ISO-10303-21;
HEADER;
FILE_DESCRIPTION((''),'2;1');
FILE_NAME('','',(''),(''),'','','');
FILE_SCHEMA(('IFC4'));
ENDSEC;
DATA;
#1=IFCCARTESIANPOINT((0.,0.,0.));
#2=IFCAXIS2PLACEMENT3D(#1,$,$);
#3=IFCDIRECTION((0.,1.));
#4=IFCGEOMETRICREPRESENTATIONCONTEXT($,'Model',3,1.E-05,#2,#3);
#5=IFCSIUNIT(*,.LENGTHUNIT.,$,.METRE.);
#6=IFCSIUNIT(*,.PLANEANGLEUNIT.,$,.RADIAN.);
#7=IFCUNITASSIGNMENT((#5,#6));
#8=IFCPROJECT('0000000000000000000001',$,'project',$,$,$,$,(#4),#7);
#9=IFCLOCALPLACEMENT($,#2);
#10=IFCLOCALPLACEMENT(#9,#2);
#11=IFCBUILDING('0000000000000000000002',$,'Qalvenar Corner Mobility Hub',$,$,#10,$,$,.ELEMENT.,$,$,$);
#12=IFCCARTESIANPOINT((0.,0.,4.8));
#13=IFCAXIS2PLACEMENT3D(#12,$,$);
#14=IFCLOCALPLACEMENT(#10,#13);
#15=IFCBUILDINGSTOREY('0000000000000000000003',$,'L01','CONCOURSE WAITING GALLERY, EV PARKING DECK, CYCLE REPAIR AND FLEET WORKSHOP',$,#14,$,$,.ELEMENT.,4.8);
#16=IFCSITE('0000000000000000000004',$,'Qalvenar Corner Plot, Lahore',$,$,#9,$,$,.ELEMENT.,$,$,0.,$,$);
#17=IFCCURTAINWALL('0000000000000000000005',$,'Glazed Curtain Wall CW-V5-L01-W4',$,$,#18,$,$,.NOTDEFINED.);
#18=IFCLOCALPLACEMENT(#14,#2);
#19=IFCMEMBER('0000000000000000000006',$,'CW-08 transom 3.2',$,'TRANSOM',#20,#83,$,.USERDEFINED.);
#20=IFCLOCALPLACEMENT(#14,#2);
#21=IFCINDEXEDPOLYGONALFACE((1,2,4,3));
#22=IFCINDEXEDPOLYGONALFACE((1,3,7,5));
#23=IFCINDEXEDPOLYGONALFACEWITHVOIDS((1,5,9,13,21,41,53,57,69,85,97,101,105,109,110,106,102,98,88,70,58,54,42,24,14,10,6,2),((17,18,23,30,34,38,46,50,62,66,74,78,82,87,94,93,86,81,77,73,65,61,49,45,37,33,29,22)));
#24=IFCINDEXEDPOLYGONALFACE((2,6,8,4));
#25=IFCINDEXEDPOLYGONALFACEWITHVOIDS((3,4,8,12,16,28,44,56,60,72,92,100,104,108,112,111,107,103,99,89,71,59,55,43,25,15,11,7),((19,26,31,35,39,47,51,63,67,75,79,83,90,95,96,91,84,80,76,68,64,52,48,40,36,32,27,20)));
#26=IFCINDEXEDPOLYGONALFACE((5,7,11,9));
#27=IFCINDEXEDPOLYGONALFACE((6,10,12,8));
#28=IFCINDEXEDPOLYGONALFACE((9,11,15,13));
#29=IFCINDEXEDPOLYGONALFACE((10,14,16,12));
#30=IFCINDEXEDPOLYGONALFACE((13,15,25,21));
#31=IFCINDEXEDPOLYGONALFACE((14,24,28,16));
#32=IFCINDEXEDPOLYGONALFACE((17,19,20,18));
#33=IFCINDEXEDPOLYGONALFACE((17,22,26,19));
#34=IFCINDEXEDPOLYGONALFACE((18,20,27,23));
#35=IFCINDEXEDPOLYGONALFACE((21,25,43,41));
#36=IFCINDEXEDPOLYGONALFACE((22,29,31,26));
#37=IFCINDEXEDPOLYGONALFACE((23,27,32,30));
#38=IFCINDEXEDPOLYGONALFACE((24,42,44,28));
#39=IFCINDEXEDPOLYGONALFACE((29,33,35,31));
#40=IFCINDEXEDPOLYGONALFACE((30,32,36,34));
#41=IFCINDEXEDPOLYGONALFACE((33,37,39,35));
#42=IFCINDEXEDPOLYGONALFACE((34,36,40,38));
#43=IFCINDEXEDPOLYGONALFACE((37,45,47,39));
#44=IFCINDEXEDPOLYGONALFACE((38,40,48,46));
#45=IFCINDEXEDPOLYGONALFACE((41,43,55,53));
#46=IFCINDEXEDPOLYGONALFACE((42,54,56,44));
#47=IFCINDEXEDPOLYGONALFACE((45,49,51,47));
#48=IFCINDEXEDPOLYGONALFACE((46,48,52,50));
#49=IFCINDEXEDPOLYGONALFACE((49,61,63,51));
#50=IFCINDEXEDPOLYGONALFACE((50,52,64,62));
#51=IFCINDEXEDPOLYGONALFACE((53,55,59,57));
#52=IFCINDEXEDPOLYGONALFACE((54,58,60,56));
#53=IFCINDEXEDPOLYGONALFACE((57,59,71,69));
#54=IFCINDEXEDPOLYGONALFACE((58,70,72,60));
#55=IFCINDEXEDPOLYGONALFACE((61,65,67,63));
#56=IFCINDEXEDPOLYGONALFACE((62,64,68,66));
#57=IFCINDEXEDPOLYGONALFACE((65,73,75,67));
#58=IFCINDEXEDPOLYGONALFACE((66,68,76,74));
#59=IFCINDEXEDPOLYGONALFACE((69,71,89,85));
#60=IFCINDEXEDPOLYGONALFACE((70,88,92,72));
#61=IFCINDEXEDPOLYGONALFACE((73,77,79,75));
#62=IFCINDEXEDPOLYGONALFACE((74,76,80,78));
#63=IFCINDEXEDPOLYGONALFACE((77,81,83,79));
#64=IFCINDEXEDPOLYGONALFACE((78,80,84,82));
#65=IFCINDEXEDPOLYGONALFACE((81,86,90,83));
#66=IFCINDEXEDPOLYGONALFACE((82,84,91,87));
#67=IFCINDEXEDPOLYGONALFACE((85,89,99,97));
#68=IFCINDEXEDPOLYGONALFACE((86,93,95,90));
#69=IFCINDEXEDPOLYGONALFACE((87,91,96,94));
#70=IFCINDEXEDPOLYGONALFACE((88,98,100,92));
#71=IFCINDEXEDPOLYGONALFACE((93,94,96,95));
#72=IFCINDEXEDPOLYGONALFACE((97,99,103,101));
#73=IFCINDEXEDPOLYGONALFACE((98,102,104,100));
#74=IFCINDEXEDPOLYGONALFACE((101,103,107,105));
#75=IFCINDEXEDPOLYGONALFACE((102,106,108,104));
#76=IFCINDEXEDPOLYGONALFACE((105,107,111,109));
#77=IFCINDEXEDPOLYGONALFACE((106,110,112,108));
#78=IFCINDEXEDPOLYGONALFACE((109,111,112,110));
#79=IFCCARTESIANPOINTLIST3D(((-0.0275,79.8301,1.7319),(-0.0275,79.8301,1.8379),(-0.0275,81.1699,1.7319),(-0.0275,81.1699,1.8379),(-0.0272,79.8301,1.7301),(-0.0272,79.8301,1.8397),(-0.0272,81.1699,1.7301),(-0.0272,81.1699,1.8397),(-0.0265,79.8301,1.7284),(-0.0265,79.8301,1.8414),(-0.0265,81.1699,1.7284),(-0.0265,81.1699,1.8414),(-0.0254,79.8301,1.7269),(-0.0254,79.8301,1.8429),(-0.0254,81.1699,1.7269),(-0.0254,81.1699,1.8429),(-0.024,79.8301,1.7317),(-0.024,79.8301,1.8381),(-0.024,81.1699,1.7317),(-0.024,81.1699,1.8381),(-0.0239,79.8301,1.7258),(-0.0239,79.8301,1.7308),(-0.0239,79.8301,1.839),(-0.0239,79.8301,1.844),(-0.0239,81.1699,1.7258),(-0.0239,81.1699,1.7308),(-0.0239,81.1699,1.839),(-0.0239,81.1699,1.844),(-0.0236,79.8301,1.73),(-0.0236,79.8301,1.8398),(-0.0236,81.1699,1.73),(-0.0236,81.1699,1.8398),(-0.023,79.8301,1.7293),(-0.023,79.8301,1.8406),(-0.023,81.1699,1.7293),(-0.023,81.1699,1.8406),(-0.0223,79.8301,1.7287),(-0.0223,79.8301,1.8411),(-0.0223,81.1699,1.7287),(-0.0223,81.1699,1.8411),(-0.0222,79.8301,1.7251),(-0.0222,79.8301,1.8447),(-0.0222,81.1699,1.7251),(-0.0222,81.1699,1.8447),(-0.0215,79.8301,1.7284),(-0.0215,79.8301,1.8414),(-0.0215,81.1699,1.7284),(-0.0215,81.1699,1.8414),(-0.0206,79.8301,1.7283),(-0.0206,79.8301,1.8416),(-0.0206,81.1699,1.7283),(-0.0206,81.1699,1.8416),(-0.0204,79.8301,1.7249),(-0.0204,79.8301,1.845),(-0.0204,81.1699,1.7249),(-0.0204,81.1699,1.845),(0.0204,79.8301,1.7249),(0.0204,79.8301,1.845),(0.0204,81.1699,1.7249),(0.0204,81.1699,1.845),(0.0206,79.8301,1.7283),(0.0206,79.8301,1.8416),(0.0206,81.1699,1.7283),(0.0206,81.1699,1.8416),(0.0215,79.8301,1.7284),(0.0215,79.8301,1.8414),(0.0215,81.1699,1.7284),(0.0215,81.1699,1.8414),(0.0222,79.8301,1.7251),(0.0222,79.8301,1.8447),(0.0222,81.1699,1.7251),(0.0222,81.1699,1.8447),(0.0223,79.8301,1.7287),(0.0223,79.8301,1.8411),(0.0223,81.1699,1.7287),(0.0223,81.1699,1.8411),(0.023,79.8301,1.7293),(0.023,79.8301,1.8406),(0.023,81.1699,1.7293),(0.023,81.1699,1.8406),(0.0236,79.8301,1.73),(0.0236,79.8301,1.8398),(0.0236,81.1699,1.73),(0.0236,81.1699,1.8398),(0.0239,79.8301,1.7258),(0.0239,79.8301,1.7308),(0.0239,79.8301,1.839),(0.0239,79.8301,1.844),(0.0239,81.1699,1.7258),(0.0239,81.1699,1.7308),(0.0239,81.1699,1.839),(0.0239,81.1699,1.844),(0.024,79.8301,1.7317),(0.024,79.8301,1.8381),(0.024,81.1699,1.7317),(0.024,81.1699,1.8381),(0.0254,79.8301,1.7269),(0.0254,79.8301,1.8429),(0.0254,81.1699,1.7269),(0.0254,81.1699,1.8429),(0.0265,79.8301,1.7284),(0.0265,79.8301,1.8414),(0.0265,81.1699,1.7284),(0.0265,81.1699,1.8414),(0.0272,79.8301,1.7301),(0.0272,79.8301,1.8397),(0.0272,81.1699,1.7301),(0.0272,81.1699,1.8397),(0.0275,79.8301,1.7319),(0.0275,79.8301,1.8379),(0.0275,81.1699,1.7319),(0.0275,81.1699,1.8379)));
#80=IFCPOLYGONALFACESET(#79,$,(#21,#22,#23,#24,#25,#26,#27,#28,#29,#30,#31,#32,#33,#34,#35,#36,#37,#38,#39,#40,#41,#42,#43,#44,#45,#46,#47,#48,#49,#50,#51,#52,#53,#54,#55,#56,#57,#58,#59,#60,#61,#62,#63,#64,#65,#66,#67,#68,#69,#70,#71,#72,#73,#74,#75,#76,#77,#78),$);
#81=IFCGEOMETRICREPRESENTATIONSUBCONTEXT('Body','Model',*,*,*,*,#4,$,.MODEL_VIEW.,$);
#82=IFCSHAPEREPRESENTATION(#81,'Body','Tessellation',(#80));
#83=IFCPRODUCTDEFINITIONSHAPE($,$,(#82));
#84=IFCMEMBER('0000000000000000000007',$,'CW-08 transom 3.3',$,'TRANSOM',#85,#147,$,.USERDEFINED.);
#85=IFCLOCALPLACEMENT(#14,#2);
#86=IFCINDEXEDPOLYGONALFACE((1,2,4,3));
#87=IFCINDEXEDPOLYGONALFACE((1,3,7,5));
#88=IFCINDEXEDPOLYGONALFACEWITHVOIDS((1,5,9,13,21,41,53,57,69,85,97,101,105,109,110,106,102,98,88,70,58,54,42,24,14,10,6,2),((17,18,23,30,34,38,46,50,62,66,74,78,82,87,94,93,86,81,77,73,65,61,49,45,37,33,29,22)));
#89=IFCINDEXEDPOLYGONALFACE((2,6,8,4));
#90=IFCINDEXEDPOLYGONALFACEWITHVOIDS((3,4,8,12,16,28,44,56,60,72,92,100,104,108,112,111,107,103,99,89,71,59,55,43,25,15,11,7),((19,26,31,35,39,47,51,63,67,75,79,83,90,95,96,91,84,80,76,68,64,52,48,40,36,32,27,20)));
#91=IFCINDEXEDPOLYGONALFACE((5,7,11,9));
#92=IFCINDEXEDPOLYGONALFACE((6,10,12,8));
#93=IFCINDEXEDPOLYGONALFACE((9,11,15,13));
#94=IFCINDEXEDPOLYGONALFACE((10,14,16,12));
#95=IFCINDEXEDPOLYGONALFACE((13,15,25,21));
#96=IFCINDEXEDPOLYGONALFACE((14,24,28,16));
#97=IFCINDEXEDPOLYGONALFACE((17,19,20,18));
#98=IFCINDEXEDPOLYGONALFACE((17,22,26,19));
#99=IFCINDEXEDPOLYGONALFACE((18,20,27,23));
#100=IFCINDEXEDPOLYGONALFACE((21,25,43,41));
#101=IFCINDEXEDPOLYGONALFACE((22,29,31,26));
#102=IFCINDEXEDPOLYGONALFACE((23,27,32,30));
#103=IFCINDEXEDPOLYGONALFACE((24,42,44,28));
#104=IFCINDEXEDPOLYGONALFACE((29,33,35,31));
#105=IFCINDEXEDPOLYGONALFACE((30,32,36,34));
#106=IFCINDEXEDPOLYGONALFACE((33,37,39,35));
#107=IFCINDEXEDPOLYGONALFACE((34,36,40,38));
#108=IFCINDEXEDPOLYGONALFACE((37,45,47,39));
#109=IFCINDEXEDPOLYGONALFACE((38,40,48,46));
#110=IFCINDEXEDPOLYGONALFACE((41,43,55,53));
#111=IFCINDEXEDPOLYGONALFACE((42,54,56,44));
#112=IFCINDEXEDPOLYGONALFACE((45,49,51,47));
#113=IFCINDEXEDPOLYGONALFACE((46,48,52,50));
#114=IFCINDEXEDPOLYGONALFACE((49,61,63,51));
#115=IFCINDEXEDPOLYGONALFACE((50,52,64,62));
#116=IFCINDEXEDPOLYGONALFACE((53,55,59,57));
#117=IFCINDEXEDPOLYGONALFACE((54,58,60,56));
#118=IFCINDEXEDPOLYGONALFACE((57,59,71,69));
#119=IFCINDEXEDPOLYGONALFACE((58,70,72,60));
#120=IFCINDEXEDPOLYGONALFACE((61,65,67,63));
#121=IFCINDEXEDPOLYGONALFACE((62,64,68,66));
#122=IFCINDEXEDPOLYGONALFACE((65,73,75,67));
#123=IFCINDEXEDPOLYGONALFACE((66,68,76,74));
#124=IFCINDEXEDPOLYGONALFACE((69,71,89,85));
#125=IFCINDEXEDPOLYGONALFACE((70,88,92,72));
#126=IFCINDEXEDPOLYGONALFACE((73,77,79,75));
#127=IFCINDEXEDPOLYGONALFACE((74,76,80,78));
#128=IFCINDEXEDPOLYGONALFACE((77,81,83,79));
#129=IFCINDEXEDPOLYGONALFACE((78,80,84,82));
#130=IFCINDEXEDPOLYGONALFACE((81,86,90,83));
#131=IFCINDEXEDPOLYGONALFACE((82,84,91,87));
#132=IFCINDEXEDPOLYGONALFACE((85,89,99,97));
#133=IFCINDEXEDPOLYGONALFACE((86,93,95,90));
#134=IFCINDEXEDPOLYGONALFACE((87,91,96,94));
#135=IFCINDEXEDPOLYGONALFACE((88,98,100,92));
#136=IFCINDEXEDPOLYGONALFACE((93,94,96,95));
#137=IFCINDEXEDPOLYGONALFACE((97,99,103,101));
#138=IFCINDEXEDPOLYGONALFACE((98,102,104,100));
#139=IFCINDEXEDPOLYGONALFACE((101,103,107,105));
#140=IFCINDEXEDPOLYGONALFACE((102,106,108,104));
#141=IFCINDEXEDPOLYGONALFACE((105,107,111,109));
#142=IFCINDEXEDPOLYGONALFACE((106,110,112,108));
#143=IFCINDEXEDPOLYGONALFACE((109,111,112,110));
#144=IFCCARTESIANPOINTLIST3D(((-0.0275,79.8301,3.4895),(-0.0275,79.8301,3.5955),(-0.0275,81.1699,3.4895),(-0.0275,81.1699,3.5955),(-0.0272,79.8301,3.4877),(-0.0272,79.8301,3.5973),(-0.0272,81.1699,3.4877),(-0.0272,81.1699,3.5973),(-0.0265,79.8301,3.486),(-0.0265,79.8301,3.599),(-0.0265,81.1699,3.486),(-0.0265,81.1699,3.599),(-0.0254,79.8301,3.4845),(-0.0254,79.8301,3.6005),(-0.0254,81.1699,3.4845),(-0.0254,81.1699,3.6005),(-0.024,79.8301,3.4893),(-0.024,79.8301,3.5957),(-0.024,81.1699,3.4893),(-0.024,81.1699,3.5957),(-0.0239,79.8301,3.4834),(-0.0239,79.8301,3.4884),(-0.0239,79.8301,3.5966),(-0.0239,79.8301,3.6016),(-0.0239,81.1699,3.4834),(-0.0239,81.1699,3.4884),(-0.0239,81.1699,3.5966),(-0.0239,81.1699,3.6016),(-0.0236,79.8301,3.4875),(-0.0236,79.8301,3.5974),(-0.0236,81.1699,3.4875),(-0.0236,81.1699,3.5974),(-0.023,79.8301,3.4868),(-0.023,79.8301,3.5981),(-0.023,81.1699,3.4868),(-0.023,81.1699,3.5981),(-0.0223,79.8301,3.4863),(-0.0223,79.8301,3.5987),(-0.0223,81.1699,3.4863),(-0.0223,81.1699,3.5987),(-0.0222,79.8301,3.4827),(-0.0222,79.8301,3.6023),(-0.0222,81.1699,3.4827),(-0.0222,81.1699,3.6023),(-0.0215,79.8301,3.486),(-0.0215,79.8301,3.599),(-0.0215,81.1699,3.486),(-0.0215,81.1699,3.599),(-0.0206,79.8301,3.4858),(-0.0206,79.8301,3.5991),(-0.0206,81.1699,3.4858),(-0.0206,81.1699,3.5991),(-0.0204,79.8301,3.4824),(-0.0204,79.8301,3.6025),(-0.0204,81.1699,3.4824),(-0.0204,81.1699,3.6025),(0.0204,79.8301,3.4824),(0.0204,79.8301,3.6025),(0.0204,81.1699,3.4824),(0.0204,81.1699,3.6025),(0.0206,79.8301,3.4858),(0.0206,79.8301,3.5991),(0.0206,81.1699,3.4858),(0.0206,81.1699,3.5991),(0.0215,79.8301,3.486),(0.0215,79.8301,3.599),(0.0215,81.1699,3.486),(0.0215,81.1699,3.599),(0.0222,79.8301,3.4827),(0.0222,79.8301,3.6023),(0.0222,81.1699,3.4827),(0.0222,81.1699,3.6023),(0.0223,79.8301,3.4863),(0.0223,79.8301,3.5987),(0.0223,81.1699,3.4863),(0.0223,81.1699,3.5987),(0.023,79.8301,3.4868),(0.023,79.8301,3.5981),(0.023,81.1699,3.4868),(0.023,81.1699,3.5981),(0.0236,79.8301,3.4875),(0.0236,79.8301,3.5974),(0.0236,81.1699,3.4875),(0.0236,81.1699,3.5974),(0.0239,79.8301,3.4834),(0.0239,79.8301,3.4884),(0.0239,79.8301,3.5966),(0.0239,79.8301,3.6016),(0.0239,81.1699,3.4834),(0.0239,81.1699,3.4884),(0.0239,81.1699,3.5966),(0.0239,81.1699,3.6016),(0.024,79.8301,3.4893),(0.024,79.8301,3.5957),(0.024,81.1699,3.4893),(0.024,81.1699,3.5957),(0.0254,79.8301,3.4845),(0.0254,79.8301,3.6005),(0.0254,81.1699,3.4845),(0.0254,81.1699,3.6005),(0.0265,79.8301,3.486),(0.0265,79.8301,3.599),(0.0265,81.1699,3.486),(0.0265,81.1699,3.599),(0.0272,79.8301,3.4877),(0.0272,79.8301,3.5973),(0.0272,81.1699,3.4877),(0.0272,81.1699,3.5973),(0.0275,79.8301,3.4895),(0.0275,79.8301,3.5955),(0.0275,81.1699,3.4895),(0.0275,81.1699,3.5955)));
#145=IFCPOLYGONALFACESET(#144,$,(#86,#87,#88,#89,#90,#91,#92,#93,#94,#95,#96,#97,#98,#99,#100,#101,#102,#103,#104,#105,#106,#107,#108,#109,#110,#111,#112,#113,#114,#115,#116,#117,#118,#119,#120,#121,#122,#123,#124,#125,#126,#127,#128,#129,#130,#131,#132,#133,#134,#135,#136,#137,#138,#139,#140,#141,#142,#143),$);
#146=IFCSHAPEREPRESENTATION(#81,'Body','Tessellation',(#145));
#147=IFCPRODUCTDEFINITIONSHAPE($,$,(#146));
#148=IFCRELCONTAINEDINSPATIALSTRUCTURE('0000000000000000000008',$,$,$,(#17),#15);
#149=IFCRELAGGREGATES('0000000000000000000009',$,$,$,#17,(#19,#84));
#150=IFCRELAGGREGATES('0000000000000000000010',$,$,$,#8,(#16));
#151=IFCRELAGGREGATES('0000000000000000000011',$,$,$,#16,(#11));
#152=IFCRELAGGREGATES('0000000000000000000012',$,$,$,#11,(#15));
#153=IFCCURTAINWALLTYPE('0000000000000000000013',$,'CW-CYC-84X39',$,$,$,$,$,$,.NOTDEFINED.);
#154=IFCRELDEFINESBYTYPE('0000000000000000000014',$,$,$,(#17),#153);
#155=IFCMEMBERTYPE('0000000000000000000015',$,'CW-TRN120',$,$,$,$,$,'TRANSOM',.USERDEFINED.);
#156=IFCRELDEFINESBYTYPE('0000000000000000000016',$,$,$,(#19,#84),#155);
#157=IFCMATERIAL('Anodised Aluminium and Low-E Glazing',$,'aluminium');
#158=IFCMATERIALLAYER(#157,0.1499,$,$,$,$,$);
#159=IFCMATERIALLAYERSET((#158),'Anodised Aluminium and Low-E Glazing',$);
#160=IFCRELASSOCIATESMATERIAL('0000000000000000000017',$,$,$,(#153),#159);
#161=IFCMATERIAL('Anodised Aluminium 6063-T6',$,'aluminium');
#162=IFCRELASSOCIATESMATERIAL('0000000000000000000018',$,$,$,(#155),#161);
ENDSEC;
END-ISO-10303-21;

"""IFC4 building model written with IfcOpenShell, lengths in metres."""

from ifc_helpers import new_model, si_unit, direction, frame, origin, origin_2d, place, context, subcontext, project, spatial, hollow_rectangle, extrude, material, layer, layer_set, material_profile, profile_set, type_object, element, aggregate, save


model = new_model("IFC4")

# Units and contexts
model_context = context("Model", 3, precision=1e-05, world=origin(), true_north=direction((0.0, 1.0)))
body_context = subcontext(model_context, "Body", "Model", "MODEL_VIEW")
ifc_project = project(units=[si_unit("LENGTHUNIT", "METRE"), si_unit("PLANEANGLEUNIT", "RADIAN")], contexts=[model_context])

# Site, building, storey
site_placement = place(None, origin())
site = spatial("IfcSite", under=ifc_project, at=site_placement, Name="Qalvenar Corner Plot, Lahore", CompositionType="ELEMENT", RefElevation=0.0)
building_placement = place(site_placement, origin())
building = spatial("IfcBuilding", under=site, at=building_placement, Name="Qalvenar Corner Mobility Hub", CompositionType="ELEMENT")
storey_placement = place(building_placement, frame((0.0, 0.0, 4.8)))
storey = spatial("IfcBuildingStorey", under=building, at=storey_placement, Name="L01", Description="CONCOURSE WAITING GALLERY, EV PARKING DECK, CYCLE REPAIR AND FLEET WORKSHOP", CompositionType="ELEMENT", Elevation=4.8)

# Curtain wall, members
ifc_material_1 = material(Name="Anodised Aluminium and Low-E Glazing", Category="aluminium")
ifc_layer_1 = layer(ifc_material_1, 0.1499)
ifc_layer_set_1 = layer_set([ifc_layer_1], Name="Anodised Aluminium and Low-E Glazing")
curtain_wall_type = type_object("IfcCurtainWallType", Name="CW-CYC-84X39", PredefinedType="NOTDEFINED", material=ifc_layer_set_1)
curtain_wall_placement = place(storey_placement, origin())
curtain_wall = element("IfcCurtainWall", 1, at=curtain_wall_placement, inside=storey, type_object=curtain_wall_type, Name="Glazed Curtain Wall CW-V5-L01-W4", PredefinedType="NOTDEFINED")
ifc_material_2 = material(Name="Anodised Aluminium 6063-T6", Category="aluminium")
ifc_material_profile_1 = material_profile(ifc_material_2, hollow_rectangle(XDim=0.0549, YDim=0.1201, WallThickness=0.0034, InnerFilletRadius=0.0034, OuterFilletRadius=0.0071, at=origin_2d()), Name="RHS120x55x3.5")
ifc_profile_set_1 = profile_set([ifc_material_profile_1], Name="Anodised Aluminium 6063-T6")
member_type_1 = type_object("IfcMemberType", Name="CW-TRN120", ElementType="TRANSOM", PredefinedType="USERDEFINED", material=ifc_profile_set_1)
member_1_placement = place(storey_placement, frame((0.0, 81.1699, 1.7849), z_axis=(0.0, -1.0, 0.0), x_axis=(1.0, 0.0, 0.0)))
member_1 = element("IfcMember", 2, at=member_1_placement, type_object=member_type_1, Name="CW-08 transom 3.2", ObjectType="TRANSOM", PredefinedType="USERDEFINED", context=body_context, shape_type="SweptSolid", body=[
    extrude(hollow_rectangle(XDim=0.0549, YDim=0.1201, WallThickness=0.0034, InnerFilletRadius=0.0034, OuterFilletRadius=0.0071, at=origin_2d()), origin(), (0.0, 0.0, 1.0), 1.3398),
])
member_2_placement = place(storey_placement, frame((0.0, 81.1699, 3.5425), z_axis=(0.0, -1.0, 0.0), x_axis=(1.0, 0.0, 0.0)))
member_2 = element("IfcMember", 3, at=member_2_placement, type_object=member_type_1, Name="CW-08 transom 3.3", ObjectType="TRANSOM", PredefinedType="USERDEFINED", context=body_context, shape_type="SweptSolid", body=[
    extrude(hollow_rectangle(XDim=0.0549, YDim=0.1201, WallThickness=0.0034, InnerFilletRadius=0.0034, OuterFilletRadius=0.0071, at=origin_2d()), origin(), (0.0, 0.0, 1.0), 1.3398),
])
aggregate(curtain_wall, [member_1, member_2])

save(model, "model.ifc")
